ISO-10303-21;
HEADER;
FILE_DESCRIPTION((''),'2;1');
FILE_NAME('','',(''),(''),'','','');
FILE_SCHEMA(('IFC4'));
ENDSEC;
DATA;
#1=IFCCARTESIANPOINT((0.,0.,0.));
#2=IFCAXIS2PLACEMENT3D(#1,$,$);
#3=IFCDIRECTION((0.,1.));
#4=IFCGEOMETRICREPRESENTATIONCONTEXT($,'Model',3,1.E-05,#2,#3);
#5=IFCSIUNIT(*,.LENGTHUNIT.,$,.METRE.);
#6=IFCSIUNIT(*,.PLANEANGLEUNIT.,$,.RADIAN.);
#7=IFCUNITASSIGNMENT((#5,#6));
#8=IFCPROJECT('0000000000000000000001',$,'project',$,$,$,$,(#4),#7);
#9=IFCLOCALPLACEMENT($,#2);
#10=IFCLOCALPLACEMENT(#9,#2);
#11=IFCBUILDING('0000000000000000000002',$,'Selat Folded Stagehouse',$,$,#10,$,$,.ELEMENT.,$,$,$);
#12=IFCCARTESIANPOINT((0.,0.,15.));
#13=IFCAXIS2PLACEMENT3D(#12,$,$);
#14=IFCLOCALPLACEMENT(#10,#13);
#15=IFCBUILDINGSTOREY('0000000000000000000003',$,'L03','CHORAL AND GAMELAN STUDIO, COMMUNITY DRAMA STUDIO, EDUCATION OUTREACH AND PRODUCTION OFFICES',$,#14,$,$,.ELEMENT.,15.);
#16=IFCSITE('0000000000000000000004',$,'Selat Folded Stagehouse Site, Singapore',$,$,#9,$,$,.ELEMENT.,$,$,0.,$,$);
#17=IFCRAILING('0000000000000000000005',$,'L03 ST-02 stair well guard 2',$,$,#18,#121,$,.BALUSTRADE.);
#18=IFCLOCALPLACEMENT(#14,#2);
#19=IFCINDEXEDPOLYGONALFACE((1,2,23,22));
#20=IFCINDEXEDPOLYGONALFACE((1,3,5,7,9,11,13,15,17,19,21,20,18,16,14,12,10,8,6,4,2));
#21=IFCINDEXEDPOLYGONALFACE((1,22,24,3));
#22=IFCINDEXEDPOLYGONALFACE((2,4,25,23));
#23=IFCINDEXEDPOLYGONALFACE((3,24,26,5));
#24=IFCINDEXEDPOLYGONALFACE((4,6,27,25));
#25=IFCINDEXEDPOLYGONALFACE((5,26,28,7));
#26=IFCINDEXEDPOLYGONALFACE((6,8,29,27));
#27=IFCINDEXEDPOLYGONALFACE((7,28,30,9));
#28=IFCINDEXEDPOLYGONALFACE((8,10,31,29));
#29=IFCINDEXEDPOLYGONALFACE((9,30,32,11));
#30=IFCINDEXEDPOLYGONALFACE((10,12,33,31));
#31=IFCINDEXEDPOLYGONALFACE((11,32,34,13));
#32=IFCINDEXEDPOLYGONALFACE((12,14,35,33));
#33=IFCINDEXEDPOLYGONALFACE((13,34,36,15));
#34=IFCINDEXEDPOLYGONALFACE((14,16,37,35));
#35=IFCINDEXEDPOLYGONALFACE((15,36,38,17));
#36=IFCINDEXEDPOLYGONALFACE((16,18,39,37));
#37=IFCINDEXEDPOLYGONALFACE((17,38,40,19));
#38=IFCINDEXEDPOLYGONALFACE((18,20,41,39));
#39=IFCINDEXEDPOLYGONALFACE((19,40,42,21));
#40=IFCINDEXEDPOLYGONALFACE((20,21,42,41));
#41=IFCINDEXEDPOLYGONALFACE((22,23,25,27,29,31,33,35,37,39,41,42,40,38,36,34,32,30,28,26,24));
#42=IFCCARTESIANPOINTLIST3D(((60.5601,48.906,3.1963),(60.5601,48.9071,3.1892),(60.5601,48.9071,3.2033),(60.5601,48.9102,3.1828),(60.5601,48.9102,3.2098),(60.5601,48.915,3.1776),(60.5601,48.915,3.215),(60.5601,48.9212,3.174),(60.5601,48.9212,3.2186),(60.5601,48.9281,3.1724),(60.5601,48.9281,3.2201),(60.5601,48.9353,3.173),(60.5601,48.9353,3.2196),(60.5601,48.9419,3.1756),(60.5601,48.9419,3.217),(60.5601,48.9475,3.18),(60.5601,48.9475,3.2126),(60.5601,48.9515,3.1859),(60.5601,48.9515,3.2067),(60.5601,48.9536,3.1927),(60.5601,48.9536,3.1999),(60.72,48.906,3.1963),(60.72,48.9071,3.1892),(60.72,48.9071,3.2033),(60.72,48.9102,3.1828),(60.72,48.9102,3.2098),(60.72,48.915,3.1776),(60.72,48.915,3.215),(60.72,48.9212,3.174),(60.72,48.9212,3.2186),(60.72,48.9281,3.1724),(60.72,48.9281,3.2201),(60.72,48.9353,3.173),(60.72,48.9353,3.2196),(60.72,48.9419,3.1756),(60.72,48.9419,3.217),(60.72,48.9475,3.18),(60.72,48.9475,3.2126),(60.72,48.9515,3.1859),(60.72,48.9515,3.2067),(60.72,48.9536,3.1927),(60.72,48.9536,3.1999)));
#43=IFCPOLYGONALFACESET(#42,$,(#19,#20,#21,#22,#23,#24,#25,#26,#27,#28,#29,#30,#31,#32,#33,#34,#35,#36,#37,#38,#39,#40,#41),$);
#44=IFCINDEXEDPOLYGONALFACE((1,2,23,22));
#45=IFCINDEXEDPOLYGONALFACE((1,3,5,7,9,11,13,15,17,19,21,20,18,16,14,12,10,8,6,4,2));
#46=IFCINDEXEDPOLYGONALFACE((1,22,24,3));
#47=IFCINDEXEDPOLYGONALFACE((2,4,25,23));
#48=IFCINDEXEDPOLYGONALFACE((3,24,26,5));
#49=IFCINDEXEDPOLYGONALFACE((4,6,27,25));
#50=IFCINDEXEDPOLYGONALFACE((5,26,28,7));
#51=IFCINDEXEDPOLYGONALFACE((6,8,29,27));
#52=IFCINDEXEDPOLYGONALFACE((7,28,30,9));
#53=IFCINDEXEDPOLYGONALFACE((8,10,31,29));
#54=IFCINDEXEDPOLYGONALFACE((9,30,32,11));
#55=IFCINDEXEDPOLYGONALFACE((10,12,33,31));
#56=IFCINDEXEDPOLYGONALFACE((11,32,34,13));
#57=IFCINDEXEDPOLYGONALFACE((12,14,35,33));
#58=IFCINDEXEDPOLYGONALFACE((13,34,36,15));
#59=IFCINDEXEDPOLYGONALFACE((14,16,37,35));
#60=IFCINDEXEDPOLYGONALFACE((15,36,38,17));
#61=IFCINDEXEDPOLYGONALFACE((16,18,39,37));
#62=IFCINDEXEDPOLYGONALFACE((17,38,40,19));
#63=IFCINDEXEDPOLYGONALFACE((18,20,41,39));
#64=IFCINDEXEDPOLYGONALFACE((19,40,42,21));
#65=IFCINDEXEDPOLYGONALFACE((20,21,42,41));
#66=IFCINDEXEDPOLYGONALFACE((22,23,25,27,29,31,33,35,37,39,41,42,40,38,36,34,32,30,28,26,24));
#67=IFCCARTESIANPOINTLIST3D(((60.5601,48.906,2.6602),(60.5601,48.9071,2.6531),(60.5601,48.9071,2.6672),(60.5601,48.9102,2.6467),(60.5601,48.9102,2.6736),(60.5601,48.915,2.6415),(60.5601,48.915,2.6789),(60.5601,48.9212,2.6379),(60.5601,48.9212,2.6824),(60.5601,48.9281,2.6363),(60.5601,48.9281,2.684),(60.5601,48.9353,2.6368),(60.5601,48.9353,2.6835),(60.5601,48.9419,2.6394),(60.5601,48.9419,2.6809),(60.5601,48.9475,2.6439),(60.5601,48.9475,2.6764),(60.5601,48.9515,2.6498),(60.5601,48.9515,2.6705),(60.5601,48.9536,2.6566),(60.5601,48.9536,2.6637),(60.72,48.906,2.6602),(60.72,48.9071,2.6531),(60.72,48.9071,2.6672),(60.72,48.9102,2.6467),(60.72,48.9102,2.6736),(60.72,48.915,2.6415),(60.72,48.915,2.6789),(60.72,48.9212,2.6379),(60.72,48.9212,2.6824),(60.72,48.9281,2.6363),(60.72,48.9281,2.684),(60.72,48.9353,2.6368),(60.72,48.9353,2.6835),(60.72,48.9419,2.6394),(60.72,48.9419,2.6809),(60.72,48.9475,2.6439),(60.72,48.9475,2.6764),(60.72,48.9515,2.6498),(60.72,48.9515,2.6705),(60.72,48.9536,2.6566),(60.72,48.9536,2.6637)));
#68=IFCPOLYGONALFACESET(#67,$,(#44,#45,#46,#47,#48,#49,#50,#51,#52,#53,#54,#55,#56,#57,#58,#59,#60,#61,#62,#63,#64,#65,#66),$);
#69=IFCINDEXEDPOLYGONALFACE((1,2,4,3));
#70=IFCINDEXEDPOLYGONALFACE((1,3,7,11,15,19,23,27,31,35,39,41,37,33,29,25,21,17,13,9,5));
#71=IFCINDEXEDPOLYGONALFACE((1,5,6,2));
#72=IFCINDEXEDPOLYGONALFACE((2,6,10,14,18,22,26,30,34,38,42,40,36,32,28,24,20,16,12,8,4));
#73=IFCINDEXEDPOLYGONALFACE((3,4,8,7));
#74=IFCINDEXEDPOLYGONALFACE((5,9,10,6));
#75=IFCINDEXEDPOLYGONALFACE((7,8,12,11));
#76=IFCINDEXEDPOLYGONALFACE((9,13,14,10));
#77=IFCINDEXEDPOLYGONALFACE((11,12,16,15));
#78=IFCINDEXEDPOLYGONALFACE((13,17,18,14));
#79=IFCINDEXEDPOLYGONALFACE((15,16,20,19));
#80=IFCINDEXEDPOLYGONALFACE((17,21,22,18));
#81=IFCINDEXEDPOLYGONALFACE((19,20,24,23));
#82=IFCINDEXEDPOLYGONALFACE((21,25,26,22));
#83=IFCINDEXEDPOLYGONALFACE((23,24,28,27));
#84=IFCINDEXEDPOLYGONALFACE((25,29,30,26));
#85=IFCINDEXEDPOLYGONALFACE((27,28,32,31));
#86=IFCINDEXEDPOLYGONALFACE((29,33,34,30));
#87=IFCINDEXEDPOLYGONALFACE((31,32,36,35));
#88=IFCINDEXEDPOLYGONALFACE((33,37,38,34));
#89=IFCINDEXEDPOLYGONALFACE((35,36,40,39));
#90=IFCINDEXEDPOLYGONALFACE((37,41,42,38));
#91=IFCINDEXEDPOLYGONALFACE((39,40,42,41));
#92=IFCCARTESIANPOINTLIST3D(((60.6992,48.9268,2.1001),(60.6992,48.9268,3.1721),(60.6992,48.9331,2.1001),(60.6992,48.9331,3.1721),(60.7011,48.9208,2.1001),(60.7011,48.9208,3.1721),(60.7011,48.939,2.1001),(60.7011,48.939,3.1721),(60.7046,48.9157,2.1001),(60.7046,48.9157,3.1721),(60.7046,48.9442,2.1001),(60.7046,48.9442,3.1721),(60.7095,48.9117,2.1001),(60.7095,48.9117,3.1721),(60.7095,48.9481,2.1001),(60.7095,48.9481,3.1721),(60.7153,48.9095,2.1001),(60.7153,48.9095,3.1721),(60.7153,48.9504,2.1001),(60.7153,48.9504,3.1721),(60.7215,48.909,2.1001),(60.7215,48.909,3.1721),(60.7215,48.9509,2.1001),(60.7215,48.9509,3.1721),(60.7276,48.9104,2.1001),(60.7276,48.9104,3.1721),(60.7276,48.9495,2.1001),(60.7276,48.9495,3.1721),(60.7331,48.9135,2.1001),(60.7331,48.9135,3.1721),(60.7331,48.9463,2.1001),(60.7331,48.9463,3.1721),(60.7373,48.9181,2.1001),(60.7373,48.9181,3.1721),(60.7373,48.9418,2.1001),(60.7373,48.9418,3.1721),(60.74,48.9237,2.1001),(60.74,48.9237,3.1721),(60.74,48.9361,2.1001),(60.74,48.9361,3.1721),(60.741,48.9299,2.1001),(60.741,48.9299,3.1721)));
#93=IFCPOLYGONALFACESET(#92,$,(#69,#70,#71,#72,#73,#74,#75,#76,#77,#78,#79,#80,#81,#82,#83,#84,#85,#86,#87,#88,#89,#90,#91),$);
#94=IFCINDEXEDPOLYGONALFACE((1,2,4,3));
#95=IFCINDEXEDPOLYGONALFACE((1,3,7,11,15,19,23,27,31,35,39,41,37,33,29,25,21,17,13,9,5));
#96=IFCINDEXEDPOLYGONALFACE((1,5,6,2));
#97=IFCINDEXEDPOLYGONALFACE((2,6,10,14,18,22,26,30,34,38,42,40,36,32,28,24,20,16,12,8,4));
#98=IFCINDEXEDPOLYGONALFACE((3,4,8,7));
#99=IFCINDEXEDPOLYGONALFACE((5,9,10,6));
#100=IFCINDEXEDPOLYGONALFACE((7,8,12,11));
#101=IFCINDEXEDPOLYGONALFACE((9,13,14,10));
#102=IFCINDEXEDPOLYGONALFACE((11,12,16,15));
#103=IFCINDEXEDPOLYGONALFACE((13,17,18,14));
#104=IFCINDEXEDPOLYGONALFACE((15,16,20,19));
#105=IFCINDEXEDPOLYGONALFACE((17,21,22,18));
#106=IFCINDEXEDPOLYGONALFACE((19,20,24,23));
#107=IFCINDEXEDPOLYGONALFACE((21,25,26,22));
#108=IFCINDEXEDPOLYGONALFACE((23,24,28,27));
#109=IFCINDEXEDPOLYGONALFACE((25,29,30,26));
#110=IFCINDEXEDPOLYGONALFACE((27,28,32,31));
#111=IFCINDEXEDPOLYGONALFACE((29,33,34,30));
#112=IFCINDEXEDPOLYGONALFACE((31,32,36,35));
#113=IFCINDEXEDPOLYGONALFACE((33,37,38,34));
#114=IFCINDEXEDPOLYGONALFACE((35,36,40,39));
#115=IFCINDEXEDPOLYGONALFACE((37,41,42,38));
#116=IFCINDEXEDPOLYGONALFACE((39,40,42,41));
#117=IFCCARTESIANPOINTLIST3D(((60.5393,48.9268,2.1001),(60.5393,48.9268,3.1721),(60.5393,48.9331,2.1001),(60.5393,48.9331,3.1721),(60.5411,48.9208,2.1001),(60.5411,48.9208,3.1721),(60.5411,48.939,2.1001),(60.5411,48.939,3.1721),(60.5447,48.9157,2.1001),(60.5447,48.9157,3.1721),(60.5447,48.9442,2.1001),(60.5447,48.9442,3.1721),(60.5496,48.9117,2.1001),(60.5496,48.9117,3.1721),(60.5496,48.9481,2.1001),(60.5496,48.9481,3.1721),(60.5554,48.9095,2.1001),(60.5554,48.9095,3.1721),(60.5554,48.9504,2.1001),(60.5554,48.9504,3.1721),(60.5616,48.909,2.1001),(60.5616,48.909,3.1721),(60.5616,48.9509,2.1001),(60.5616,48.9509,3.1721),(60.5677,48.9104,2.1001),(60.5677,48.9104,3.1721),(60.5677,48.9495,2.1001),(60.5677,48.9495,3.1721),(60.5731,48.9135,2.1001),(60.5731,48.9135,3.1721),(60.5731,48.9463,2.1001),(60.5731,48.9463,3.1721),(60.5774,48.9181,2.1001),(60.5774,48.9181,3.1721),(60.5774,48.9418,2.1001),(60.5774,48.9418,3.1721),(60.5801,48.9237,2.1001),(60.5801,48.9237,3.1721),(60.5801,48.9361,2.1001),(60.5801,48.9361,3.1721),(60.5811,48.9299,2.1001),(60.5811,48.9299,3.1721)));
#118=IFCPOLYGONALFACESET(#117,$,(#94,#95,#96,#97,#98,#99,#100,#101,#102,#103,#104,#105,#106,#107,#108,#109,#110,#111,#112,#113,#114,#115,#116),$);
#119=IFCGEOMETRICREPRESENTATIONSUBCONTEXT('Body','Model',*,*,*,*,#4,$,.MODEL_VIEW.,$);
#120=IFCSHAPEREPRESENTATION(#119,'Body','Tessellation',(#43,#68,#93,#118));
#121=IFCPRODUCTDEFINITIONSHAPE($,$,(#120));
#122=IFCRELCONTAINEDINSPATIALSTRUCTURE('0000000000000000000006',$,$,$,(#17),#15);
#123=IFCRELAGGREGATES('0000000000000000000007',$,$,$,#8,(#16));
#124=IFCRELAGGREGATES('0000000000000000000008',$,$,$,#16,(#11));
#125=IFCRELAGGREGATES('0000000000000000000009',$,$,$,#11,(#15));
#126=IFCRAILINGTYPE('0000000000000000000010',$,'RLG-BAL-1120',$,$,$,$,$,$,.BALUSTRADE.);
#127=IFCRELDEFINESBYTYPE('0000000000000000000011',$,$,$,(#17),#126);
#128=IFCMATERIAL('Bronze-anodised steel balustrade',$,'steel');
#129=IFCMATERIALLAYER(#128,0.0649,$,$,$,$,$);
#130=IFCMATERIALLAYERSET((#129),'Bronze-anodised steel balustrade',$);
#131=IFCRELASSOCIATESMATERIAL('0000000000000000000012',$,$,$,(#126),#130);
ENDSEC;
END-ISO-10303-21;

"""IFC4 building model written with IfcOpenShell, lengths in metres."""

from ifc_helpers import new_model, si_unit, direction, frame, origin, origin_2d, place, context, subcontext, project, spatial, circle, extrude, material, layer, layer_set, type_object, element, save


model = new_model("IFC4")

# Units and contexts
model_context = context("Model", 3, precision=1e-05, world=origin(), true_north=direction((0.0, 1.0)))
body_context = subcontext(model_context, "Body", "Model", "MODEL_VIEW")
ifc_project = project(units=[si_unit("LENGTHUNIT", "METRE"), si_unit("PLANEANGLEUNIT", "RADIAN")], contexts=[model_context])

# Site, building, storey
site_placement = place(None, origin())
site = spatial("IfcSite", under=ifc_project, at=site_placement, Name="Selat Folded Stagehouse Site, Singapore", CompositionType="ELEMENT", RefElevation=0.0)
building_placement = place(site_placement, origin())
building = spatial("IfcBuilding", under=site, at=building_placement, Name="Selat Folded Stagehouse", CompositionType="ELEMENT")
storey_placement = place(building_placement, frame((0.0, 0.0, 15.0)))
storey = spatial("IfcBuildingStorey", under=building, at=storey_placement, Name="L03", Description="CHORAL AND GAMELAN STUDIO, COMMUNITY DRAMA STUDIO, EDUCATION OUTREACH AND PRODUCTION OFFICES", CompositionType="ELEMENT", Elevation=15.0)

# Railing
ifc_material_1 = material(Name="Bronze-anodised steel balustrade", Category="steel")
ifc_layer_1 = layer(ifc_material_1, 0.0649)
ifc_layer_set_1 = layer_set([ifc_layer_1], Name="Bronze-anodised steel balustrade")
railing_type_1 = type_object("IfcRailingType", Name="RLG-BAL-1120", PredefinedType="BALUSTRADE", material=ifc_layer_set_1)
railing_1_placement = place(storey_placement, frame((60.72, 48.9299, 2.1001)))
element("IfcRailing", 1, at=railing_1_placement, inside=storey, type_object=railing_type_1, Name="L03 ST-02 stair well guard 2", PredefinedType="BALUSTRADE", context=body_context, shape_type="SweptSolid", body=[
    extrude(circle(Radius=0.0239, at=origin_2d()), frame((0.0, 0.0, 1.0962), z_axis=(-1.0, 0.0, 0.0), x_axis=(0.0, -1.0, 0.0)), (0.0, 0.0, 1.0), 0.1599),
    extrude(circle(Radius=0.0239, at=origin_2d()), frame((0.0, 0.0, 0.5601), z_axis=(-1.0, 0.0, 0.0), x_axis=(0.0, -1.0, 0.0)), (0.0, 0.0, 1.0), 0.1599),
    extrude(circle(Radius=0.021, at=origin_2d()), origin(), (0.0, 0.0, 1.0), 1.072),
    extrude(circle(Radius=0.021, at=origin_2d()), frame((-0.1599, 0.0, 0.0)), (0.0, 0.0, 1.0), 1.072),
])

save(model, "model.ifc")
